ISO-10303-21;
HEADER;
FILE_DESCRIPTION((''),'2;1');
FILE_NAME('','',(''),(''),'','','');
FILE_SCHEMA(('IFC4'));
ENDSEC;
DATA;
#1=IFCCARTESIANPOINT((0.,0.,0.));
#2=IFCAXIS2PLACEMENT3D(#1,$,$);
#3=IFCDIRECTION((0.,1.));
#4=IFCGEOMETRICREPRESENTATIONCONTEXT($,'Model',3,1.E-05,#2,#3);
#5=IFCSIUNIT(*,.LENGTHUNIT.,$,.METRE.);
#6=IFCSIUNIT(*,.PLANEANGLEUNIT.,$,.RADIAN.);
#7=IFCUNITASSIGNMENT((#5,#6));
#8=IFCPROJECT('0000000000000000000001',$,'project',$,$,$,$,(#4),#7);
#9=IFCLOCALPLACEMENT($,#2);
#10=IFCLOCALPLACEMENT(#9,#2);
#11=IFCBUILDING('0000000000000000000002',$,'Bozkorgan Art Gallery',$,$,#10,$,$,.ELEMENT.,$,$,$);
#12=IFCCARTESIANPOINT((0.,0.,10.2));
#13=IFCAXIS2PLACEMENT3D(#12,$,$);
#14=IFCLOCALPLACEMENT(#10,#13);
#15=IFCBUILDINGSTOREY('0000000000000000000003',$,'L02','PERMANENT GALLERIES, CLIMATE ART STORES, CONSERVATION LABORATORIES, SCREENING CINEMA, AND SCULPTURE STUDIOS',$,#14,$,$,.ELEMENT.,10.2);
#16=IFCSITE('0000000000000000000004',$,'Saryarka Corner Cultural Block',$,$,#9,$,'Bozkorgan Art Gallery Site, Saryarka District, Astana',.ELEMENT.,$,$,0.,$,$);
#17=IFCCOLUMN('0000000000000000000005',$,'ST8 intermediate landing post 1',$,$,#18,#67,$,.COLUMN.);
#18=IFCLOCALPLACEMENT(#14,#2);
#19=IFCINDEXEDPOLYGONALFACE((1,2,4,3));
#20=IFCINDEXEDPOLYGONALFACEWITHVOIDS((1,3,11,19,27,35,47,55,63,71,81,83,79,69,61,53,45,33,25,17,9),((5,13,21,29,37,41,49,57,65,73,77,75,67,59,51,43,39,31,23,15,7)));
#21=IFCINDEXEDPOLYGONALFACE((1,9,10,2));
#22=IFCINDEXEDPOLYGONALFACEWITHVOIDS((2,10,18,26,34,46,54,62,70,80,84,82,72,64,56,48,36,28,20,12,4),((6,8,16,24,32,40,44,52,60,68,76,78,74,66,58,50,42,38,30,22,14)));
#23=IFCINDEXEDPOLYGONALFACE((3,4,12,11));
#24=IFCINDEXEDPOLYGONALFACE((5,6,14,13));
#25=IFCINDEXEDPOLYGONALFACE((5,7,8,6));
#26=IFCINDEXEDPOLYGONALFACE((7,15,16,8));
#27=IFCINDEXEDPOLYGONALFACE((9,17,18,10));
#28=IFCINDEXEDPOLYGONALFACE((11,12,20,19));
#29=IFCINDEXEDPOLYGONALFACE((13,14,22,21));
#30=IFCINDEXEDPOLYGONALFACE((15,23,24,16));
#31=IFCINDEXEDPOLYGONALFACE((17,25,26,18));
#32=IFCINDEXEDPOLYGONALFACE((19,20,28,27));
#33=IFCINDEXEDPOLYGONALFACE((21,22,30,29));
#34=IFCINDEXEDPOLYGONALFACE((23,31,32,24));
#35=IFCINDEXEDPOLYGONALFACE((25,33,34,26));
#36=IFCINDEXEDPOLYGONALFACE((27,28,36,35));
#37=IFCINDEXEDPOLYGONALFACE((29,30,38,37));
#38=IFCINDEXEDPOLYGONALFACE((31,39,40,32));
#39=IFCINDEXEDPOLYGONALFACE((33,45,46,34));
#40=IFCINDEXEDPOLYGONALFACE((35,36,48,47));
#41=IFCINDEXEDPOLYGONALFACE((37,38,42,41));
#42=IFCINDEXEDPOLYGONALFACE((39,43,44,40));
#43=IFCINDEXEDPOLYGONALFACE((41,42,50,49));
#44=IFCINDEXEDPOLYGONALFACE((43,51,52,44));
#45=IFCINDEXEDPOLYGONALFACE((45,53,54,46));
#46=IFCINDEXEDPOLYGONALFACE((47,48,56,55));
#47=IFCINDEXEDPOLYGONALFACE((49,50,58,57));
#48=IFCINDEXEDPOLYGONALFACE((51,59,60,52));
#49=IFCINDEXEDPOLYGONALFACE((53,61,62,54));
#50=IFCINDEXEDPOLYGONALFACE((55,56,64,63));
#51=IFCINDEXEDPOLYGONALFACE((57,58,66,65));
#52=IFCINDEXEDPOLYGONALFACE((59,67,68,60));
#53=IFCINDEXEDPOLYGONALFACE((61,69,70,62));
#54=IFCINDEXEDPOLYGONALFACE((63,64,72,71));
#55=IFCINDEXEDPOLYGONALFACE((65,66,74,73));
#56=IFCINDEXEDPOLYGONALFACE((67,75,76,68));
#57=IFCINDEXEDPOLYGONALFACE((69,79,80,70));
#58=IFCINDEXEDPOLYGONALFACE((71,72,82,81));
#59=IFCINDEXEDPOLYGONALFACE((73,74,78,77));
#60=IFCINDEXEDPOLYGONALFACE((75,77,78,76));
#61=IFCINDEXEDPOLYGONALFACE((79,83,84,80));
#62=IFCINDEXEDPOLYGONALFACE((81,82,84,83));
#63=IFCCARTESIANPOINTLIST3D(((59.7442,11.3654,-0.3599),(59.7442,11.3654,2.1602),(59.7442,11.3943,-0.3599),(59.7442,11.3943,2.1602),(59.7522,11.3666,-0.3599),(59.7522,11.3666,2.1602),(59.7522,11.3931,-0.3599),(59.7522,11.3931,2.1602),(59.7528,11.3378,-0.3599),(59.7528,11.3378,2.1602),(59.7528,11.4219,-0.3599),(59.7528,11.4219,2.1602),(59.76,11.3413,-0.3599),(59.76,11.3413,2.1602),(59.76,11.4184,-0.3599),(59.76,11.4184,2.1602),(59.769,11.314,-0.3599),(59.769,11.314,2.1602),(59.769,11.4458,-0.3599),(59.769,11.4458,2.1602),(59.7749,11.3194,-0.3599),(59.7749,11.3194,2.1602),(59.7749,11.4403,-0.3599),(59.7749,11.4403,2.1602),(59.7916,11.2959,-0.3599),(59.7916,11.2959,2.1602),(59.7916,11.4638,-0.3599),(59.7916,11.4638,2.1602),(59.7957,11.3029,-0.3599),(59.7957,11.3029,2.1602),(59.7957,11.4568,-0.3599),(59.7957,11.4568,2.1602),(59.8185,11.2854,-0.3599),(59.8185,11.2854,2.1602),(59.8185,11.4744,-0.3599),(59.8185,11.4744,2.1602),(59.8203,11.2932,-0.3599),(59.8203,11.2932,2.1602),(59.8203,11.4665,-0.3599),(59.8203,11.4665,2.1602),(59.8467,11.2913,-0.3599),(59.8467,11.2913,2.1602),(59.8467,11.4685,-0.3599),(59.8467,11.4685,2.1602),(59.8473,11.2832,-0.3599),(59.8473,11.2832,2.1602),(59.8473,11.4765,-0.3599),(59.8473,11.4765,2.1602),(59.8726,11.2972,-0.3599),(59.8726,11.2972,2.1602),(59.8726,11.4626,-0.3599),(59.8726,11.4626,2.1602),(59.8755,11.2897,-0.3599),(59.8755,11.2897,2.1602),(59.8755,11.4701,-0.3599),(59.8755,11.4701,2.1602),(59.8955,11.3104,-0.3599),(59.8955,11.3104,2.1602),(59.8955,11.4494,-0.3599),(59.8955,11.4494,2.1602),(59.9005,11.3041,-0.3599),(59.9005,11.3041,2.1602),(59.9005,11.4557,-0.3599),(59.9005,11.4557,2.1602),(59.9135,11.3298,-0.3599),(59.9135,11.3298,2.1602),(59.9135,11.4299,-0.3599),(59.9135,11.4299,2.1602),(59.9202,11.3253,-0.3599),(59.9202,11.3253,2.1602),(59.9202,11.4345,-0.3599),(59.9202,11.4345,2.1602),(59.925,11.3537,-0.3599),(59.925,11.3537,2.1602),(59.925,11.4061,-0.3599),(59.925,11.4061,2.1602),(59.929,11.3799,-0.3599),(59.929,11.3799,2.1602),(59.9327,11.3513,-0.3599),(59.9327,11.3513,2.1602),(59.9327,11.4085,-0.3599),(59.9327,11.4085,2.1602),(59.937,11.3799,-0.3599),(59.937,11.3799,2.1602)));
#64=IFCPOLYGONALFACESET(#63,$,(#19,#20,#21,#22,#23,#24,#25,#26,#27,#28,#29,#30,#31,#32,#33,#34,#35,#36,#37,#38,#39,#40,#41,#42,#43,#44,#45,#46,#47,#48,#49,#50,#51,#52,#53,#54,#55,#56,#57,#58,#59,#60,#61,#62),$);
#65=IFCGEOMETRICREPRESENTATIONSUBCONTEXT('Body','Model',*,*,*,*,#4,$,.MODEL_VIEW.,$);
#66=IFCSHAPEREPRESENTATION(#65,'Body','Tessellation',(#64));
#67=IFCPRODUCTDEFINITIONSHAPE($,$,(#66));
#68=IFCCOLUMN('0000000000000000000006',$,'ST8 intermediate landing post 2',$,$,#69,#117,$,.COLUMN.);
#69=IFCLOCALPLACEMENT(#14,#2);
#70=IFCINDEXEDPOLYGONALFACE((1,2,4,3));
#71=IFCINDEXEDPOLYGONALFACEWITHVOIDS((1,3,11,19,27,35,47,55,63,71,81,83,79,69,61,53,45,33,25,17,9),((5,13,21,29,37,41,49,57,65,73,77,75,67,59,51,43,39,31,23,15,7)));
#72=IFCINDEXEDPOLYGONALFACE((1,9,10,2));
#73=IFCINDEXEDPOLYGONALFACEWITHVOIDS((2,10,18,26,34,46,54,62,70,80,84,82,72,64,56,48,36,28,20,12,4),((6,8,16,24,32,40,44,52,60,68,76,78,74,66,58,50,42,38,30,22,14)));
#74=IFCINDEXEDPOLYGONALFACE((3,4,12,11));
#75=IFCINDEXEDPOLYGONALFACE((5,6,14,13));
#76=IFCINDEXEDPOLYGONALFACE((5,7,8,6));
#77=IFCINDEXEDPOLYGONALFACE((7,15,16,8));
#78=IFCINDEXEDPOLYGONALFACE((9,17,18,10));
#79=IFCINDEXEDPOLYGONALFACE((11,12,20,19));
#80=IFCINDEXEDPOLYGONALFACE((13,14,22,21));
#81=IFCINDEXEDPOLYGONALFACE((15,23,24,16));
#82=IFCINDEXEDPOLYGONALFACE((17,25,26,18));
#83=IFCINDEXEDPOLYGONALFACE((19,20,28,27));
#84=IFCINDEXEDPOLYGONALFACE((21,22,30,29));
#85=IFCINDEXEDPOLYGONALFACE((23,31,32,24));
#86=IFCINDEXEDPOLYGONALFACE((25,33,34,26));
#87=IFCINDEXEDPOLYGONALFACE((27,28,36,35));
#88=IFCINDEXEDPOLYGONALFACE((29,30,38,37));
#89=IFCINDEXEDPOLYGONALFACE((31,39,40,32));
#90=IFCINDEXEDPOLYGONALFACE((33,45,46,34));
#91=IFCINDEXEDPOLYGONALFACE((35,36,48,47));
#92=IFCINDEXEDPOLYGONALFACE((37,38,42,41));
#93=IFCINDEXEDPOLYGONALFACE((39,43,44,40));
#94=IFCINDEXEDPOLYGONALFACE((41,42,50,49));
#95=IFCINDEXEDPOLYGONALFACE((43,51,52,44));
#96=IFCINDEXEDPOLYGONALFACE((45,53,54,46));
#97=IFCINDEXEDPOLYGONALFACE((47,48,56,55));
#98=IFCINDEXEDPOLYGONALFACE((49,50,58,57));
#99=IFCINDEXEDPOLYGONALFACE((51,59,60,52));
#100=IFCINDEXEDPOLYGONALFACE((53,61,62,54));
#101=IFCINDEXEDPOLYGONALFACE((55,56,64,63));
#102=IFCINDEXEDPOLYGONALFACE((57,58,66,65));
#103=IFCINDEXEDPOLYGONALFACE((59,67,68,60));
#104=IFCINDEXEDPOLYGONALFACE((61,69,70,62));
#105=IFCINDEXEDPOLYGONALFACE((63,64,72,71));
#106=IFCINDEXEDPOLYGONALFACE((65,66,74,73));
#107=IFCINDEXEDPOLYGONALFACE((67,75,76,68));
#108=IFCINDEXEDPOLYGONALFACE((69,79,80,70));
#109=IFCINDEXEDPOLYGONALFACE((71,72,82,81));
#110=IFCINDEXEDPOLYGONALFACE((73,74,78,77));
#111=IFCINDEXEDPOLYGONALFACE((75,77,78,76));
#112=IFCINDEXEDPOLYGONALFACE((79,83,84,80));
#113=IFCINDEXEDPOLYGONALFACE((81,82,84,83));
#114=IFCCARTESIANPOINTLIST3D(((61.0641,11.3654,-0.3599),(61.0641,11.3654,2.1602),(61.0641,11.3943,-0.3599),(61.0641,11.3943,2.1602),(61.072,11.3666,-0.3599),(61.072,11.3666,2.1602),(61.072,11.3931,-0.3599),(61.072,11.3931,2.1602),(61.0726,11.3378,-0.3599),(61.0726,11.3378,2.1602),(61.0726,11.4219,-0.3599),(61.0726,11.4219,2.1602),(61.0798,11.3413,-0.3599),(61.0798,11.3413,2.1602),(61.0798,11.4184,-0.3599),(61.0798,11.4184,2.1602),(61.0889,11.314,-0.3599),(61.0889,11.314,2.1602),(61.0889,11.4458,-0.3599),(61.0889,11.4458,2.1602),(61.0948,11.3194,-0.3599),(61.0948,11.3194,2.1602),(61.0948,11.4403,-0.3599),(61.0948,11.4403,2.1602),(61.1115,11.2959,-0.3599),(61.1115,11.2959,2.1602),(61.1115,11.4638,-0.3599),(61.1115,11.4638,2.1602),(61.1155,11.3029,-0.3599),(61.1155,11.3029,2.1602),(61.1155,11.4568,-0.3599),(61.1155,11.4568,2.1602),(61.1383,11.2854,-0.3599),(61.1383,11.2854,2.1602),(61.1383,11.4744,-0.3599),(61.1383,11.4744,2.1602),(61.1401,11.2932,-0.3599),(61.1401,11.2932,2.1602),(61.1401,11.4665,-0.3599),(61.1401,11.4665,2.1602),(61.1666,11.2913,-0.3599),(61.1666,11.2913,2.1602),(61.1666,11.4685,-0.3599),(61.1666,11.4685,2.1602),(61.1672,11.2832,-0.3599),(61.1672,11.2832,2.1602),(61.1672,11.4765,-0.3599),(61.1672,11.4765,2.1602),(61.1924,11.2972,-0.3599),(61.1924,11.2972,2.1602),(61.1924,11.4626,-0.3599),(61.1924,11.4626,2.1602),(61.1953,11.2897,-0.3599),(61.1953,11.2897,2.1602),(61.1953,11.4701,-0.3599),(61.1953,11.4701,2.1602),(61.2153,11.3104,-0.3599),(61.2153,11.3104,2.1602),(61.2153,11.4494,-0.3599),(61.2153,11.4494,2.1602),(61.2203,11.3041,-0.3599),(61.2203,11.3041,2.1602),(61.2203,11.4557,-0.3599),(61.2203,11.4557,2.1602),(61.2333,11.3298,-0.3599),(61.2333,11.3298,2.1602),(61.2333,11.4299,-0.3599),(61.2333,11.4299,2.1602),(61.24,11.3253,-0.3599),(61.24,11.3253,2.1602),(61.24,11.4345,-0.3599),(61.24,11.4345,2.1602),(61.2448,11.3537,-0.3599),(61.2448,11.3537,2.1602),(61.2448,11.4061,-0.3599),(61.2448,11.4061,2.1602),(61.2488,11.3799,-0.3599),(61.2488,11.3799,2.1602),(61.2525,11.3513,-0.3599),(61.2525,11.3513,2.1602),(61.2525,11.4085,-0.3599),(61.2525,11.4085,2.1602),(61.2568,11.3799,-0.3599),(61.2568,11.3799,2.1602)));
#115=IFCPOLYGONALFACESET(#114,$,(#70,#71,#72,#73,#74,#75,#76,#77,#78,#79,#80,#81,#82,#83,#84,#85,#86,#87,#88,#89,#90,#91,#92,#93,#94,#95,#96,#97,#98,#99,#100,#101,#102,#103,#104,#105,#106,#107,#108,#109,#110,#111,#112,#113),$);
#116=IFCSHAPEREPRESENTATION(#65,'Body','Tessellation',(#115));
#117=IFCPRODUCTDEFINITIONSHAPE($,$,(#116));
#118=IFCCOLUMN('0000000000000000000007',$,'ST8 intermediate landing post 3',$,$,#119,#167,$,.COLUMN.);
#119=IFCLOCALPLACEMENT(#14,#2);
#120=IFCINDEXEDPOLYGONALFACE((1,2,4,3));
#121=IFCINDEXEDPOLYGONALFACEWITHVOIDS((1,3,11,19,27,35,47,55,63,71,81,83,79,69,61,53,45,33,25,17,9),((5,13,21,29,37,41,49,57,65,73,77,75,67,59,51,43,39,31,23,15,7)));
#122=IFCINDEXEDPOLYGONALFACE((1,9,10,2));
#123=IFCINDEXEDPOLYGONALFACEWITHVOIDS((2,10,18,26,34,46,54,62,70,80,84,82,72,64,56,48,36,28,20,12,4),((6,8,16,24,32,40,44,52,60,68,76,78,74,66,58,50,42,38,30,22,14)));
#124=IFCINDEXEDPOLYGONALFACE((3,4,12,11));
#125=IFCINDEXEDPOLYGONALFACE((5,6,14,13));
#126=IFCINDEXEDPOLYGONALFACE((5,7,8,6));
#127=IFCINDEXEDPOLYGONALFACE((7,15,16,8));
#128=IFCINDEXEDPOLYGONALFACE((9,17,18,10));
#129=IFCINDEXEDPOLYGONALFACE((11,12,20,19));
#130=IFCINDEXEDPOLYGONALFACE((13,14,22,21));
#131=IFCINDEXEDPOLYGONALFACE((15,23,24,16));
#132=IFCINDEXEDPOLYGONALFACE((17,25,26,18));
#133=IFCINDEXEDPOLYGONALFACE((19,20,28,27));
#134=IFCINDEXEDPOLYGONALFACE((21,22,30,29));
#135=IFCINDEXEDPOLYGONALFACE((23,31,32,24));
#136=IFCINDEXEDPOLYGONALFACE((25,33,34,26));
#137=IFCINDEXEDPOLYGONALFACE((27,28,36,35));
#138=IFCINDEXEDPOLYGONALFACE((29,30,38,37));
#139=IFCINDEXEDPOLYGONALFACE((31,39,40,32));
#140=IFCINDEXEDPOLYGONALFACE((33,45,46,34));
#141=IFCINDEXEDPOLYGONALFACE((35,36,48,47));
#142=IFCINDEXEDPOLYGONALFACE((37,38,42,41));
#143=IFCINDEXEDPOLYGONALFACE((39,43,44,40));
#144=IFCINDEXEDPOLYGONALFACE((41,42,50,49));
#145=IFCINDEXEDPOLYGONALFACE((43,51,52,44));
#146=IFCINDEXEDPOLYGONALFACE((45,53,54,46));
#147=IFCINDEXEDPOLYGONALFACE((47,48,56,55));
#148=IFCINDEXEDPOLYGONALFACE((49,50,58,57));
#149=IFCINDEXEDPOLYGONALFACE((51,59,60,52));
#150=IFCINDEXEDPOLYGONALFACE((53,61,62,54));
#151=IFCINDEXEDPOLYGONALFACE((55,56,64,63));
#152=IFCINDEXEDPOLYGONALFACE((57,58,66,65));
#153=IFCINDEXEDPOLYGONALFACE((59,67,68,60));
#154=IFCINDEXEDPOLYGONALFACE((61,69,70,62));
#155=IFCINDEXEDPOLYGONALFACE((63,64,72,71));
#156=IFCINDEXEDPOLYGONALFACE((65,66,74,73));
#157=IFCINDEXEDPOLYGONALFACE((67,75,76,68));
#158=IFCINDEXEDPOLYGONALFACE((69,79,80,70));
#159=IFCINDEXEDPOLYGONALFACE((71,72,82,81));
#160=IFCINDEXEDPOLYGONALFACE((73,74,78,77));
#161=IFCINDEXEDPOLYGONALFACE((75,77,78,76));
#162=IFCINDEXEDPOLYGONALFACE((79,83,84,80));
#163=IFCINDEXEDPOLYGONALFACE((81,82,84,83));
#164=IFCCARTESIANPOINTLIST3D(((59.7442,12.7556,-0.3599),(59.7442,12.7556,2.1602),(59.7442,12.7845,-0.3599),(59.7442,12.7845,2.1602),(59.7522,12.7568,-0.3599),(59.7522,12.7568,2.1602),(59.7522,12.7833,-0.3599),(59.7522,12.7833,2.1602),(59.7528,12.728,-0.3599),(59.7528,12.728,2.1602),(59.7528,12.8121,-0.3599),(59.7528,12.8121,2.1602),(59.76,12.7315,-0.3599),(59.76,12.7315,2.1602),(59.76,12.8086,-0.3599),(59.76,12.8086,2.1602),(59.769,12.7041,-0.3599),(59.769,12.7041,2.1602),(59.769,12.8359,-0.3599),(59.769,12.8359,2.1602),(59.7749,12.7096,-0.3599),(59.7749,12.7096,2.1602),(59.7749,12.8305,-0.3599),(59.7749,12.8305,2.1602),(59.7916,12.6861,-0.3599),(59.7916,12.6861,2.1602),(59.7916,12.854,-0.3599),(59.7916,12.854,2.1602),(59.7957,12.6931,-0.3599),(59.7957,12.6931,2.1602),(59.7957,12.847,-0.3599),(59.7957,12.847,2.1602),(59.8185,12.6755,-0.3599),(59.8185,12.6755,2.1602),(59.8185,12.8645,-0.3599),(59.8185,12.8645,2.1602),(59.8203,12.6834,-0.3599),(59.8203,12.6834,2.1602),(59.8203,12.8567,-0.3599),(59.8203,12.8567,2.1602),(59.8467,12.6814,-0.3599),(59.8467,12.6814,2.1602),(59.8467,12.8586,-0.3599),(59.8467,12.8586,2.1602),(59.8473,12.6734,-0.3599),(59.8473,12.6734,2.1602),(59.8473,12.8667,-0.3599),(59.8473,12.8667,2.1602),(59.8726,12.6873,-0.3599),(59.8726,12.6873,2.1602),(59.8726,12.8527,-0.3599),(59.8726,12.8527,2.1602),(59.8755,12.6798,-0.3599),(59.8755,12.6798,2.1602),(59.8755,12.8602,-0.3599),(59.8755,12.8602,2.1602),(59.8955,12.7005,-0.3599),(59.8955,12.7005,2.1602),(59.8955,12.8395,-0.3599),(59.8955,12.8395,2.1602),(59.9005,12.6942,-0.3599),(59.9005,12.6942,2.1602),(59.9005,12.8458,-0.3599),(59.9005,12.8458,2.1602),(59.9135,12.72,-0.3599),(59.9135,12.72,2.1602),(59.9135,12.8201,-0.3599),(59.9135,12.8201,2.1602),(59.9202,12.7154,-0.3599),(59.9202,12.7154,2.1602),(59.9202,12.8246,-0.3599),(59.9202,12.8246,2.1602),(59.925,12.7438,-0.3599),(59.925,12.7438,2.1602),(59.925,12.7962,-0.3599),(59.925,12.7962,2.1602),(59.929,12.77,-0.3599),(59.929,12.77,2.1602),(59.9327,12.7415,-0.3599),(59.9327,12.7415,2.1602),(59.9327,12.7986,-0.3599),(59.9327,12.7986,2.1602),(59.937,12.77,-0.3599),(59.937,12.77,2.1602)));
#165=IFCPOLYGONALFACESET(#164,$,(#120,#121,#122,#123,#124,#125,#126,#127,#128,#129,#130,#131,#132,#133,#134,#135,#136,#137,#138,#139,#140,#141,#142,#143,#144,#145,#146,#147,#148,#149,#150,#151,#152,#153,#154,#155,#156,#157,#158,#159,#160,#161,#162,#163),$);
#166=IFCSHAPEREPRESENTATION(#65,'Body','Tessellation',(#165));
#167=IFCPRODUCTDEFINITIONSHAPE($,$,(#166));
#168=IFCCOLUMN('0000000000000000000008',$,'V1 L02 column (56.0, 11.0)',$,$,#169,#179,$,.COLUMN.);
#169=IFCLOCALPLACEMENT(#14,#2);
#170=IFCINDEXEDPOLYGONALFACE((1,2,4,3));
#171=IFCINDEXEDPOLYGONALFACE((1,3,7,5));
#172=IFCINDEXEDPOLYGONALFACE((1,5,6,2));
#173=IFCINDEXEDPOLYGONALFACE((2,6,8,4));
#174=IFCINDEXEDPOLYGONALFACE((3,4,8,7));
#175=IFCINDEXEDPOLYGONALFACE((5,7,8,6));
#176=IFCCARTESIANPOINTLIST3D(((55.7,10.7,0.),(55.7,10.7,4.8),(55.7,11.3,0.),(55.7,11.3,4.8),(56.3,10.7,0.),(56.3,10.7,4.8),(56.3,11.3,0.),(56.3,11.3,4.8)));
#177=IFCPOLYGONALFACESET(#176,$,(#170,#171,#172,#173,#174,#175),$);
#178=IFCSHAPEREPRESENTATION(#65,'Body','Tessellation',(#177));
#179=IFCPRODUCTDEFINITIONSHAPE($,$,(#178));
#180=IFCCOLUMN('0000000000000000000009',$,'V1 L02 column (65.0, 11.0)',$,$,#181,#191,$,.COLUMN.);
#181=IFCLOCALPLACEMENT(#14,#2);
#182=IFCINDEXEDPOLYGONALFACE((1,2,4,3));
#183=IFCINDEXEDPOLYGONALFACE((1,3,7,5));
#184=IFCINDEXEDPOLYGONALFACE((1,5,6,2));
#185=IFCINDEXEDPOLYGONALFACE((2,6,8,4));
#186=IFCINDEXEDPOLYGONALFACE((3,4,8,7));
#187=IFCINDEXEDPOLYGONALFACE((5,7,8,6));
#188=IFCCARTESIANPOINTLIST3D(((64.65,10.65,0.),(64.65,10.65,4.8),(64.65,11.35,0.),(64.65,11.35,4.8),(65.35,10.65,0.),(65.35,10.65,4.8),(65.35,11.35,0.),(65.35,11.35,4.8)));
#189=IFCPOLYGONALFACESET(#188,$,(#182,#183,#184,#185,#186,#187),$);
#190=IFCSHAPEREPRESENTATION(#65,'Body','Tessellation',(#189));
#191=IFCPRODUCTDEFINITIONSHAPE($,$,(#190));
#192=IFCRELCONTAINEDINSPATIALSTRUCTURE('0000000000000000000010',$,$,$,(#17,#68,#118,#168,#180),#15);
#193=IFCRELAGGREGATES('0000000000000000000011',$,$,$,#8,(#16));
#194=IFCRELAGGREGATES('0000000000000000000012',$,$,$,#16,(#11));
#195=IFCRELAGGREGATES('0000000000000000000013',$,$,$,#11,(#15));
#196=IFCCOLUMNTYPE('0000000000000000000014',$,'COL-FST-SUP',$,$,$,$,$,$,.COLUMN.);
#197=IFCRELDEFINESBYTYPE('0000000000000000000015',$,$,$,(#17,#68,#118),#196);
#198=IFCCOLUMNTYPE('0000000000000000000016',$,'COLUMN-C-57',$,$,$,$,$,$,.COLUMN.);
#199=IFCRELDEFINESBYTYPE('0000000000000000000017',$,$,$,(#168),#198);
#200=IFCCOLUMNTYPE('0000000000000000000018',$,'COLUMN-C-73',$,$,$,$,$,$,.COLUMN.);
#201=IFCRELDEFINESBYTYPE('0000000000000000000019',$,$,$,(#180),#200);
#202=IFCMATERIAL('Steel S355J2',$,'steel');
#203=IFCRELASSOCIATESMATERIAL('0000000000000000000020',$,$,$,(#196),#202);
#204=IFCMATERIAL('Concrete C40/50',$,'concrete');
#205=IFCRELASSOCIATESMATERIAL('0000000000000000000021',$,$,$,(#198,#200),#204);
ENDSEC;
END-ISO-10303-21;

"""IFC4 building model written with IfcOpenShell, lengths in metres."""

from ifc_helpers import new_model, si_unit, direction, frame, origin, origin_2d, place, context, subcontext, project, spatial, rectangle, hollow_circle, extrude, material, material_profile, profile_set, type_object, element, save


model = new_model("IFC4")

# Units and contexts
model_context = context("Model", 3, precision=1e-05, world=origin(), true_north=direction((0.0, 1.0)))
body_context = subcontext(model_context, "Body", "Model", "MODEL_VIEW")
ifc_project = project(units=[si_unit("LENGTHUNIT", "METRE"), si_unit("PLANEANGLEUNIT", "RADIAN")], contexts=[model_context])

# Site, building, storey
site_placement = place(None, origin())
site = spatial("IfcSite", under=ifc_project, at=site_placement, Name="Saryarka Corner Cultural Block", LongName="Bozkorgan Art Gallery Site, Saryarka District, Astana", CompositionType="ELEMENT", RefElevation=0.0)
building_placement = place(site_placement, origin())
building = spatial("IfcBuilding", under=site, at=building_placement, Name="Bozkorgan Art Gallery", CompositionType="ELEMENT")
storey_placement = place(building_placement, frame((0.0, 0.0, 10.2)))
storey = spatial("IfcBuildingStorey", under=building, at=storey_placement, Name="L02", Description="PERMANENT GALLERIES, CLIMATE ART STORES, CONSERVATION LABORATORIES, SCREENING CINEMA, AND SCULPTURE STUDIOS", CompositionType="ELEMENT", Elevation=10.2)

# Columns
ifc_material_1 = material(Name="Steel S355J2", Category="steel")
ifc_material_profile_1 = material_profile(ifc_material_1, hollow_circle(Radius=0.0969, WallThickness=0.0081, at=origin_2d()), Name="CHS 193.7x8")
ifc_profile_set_1 = profile_set([ifc_material_profile_1], Name="Steel S355J2")
column_type_1 = type_object("IfcColumnType", Name="COL-FST-SUP", PredefinedType="COLUMN", material=ifc_profile_set_1)
for number, where, z_axis, x_axis, name in (
    (1, (59.8401, 11.3799, -0.3599), (0.0, 0.0, 1.0), (1.0, 0.0, 0.0), "ST8 intermediate landing post 1"),
    (2, (61.1599, 11.3799, -0.3599), (0.0, 0.0, 1.0), (1.0, 0.0, 0.0), "ST8 intermediate landing post 2"),
    (3, (59.8401, 12.77, -0.3599), (0.0, 0.0, 1.0), (1.0, 0.0, 0.0), "ST8 intermediate landing post 3"),
):
    element("IfcColumn", number, at=place(storey_placement, frame(where, z_axis=z_axis, x_axis=x_axis)), inside=storey, type_object=column_type_1, Name=name, PredefinedType="COLUMN", context=body_context, shape_type="SweptSolid", body=[
        extrude(hollow_circle(Radius=0.0969, WallThickness=0.0081, at=origin_2d()), origin(), (0.0, 0.0, 1.0), 2.52),
    ])
ifc_material_2 = material(Name="Concrete C40/50", Category="concrete")
ifc_material_profile_2 = material_profile(ifc_material_2, rectangle(XDim=0.6001, YDim=0.6001, at=origin_2d()), Name="RC 600x600")
ifc_profile_set_2 = profile_set([ifc_material_profile_2], Name="Concrete C40/50")
column_type_2 = type_object("IfcColumnType", Name="COLUMN-C-57", PredefinedType="COLUMN", material=ifc_profile_set_2)
column_1_placement = place(storey_placement, frame((56.0, 11.0, 0.0), z_axis=(0.0, 0.0, 1.0), x_axis=(1.0, 0.0, 0.0)))
element("IfcColumn", 4, at=column_1_placement, inside=storey, type_object=column_type_2, Name="V1 L02 column (56.0, 11.0)", PredefinedType="COLUMN", context=body_context, shape_type="SweptSolid", body=[
    extrude(rectangle(XDim=0.6001, YDim=0.6001, at=origin_2d()), origin(), (0.0, 0.0, 1.0), 4.8),
])
ifc_material_profile_3 = material_profile(ifc_material_2, rectangle(XDim=0.7, YDim=0.7, at=origin_2d()), Name="RC 700x700")
ifc_profile_set_3 = profile_set([ifc_material_profile_3], Name="Concrete C40/50")
column_type_3 = type_object("IfcColumnType", Name="COLUMN-C-73", PredefinedType="COLUMN", material=ifc_profile_set_3)
column_2_placement = place(storey_placement, frame((65.0, 11.0, 0.0), z_axis=(0.0, 0.0, 1.0), x_axis=(1.0, 0.0, 0.0)))
element("IfcColumn", 5, at=column_2_placement, inside=storey, type_object=column_type_3, Name="V1 L02 column (65.0, 11.0)", PredefinedType="COLUMN", context=body_context, shape_type="SweptSolid", body=[
    extrude(rectangle(XDim=0.7, YDim=0.7, at=origin_2d()), origin(), (0.0, 0.0, 1.0), 4.8),
])

save(model, "model.ifc")
